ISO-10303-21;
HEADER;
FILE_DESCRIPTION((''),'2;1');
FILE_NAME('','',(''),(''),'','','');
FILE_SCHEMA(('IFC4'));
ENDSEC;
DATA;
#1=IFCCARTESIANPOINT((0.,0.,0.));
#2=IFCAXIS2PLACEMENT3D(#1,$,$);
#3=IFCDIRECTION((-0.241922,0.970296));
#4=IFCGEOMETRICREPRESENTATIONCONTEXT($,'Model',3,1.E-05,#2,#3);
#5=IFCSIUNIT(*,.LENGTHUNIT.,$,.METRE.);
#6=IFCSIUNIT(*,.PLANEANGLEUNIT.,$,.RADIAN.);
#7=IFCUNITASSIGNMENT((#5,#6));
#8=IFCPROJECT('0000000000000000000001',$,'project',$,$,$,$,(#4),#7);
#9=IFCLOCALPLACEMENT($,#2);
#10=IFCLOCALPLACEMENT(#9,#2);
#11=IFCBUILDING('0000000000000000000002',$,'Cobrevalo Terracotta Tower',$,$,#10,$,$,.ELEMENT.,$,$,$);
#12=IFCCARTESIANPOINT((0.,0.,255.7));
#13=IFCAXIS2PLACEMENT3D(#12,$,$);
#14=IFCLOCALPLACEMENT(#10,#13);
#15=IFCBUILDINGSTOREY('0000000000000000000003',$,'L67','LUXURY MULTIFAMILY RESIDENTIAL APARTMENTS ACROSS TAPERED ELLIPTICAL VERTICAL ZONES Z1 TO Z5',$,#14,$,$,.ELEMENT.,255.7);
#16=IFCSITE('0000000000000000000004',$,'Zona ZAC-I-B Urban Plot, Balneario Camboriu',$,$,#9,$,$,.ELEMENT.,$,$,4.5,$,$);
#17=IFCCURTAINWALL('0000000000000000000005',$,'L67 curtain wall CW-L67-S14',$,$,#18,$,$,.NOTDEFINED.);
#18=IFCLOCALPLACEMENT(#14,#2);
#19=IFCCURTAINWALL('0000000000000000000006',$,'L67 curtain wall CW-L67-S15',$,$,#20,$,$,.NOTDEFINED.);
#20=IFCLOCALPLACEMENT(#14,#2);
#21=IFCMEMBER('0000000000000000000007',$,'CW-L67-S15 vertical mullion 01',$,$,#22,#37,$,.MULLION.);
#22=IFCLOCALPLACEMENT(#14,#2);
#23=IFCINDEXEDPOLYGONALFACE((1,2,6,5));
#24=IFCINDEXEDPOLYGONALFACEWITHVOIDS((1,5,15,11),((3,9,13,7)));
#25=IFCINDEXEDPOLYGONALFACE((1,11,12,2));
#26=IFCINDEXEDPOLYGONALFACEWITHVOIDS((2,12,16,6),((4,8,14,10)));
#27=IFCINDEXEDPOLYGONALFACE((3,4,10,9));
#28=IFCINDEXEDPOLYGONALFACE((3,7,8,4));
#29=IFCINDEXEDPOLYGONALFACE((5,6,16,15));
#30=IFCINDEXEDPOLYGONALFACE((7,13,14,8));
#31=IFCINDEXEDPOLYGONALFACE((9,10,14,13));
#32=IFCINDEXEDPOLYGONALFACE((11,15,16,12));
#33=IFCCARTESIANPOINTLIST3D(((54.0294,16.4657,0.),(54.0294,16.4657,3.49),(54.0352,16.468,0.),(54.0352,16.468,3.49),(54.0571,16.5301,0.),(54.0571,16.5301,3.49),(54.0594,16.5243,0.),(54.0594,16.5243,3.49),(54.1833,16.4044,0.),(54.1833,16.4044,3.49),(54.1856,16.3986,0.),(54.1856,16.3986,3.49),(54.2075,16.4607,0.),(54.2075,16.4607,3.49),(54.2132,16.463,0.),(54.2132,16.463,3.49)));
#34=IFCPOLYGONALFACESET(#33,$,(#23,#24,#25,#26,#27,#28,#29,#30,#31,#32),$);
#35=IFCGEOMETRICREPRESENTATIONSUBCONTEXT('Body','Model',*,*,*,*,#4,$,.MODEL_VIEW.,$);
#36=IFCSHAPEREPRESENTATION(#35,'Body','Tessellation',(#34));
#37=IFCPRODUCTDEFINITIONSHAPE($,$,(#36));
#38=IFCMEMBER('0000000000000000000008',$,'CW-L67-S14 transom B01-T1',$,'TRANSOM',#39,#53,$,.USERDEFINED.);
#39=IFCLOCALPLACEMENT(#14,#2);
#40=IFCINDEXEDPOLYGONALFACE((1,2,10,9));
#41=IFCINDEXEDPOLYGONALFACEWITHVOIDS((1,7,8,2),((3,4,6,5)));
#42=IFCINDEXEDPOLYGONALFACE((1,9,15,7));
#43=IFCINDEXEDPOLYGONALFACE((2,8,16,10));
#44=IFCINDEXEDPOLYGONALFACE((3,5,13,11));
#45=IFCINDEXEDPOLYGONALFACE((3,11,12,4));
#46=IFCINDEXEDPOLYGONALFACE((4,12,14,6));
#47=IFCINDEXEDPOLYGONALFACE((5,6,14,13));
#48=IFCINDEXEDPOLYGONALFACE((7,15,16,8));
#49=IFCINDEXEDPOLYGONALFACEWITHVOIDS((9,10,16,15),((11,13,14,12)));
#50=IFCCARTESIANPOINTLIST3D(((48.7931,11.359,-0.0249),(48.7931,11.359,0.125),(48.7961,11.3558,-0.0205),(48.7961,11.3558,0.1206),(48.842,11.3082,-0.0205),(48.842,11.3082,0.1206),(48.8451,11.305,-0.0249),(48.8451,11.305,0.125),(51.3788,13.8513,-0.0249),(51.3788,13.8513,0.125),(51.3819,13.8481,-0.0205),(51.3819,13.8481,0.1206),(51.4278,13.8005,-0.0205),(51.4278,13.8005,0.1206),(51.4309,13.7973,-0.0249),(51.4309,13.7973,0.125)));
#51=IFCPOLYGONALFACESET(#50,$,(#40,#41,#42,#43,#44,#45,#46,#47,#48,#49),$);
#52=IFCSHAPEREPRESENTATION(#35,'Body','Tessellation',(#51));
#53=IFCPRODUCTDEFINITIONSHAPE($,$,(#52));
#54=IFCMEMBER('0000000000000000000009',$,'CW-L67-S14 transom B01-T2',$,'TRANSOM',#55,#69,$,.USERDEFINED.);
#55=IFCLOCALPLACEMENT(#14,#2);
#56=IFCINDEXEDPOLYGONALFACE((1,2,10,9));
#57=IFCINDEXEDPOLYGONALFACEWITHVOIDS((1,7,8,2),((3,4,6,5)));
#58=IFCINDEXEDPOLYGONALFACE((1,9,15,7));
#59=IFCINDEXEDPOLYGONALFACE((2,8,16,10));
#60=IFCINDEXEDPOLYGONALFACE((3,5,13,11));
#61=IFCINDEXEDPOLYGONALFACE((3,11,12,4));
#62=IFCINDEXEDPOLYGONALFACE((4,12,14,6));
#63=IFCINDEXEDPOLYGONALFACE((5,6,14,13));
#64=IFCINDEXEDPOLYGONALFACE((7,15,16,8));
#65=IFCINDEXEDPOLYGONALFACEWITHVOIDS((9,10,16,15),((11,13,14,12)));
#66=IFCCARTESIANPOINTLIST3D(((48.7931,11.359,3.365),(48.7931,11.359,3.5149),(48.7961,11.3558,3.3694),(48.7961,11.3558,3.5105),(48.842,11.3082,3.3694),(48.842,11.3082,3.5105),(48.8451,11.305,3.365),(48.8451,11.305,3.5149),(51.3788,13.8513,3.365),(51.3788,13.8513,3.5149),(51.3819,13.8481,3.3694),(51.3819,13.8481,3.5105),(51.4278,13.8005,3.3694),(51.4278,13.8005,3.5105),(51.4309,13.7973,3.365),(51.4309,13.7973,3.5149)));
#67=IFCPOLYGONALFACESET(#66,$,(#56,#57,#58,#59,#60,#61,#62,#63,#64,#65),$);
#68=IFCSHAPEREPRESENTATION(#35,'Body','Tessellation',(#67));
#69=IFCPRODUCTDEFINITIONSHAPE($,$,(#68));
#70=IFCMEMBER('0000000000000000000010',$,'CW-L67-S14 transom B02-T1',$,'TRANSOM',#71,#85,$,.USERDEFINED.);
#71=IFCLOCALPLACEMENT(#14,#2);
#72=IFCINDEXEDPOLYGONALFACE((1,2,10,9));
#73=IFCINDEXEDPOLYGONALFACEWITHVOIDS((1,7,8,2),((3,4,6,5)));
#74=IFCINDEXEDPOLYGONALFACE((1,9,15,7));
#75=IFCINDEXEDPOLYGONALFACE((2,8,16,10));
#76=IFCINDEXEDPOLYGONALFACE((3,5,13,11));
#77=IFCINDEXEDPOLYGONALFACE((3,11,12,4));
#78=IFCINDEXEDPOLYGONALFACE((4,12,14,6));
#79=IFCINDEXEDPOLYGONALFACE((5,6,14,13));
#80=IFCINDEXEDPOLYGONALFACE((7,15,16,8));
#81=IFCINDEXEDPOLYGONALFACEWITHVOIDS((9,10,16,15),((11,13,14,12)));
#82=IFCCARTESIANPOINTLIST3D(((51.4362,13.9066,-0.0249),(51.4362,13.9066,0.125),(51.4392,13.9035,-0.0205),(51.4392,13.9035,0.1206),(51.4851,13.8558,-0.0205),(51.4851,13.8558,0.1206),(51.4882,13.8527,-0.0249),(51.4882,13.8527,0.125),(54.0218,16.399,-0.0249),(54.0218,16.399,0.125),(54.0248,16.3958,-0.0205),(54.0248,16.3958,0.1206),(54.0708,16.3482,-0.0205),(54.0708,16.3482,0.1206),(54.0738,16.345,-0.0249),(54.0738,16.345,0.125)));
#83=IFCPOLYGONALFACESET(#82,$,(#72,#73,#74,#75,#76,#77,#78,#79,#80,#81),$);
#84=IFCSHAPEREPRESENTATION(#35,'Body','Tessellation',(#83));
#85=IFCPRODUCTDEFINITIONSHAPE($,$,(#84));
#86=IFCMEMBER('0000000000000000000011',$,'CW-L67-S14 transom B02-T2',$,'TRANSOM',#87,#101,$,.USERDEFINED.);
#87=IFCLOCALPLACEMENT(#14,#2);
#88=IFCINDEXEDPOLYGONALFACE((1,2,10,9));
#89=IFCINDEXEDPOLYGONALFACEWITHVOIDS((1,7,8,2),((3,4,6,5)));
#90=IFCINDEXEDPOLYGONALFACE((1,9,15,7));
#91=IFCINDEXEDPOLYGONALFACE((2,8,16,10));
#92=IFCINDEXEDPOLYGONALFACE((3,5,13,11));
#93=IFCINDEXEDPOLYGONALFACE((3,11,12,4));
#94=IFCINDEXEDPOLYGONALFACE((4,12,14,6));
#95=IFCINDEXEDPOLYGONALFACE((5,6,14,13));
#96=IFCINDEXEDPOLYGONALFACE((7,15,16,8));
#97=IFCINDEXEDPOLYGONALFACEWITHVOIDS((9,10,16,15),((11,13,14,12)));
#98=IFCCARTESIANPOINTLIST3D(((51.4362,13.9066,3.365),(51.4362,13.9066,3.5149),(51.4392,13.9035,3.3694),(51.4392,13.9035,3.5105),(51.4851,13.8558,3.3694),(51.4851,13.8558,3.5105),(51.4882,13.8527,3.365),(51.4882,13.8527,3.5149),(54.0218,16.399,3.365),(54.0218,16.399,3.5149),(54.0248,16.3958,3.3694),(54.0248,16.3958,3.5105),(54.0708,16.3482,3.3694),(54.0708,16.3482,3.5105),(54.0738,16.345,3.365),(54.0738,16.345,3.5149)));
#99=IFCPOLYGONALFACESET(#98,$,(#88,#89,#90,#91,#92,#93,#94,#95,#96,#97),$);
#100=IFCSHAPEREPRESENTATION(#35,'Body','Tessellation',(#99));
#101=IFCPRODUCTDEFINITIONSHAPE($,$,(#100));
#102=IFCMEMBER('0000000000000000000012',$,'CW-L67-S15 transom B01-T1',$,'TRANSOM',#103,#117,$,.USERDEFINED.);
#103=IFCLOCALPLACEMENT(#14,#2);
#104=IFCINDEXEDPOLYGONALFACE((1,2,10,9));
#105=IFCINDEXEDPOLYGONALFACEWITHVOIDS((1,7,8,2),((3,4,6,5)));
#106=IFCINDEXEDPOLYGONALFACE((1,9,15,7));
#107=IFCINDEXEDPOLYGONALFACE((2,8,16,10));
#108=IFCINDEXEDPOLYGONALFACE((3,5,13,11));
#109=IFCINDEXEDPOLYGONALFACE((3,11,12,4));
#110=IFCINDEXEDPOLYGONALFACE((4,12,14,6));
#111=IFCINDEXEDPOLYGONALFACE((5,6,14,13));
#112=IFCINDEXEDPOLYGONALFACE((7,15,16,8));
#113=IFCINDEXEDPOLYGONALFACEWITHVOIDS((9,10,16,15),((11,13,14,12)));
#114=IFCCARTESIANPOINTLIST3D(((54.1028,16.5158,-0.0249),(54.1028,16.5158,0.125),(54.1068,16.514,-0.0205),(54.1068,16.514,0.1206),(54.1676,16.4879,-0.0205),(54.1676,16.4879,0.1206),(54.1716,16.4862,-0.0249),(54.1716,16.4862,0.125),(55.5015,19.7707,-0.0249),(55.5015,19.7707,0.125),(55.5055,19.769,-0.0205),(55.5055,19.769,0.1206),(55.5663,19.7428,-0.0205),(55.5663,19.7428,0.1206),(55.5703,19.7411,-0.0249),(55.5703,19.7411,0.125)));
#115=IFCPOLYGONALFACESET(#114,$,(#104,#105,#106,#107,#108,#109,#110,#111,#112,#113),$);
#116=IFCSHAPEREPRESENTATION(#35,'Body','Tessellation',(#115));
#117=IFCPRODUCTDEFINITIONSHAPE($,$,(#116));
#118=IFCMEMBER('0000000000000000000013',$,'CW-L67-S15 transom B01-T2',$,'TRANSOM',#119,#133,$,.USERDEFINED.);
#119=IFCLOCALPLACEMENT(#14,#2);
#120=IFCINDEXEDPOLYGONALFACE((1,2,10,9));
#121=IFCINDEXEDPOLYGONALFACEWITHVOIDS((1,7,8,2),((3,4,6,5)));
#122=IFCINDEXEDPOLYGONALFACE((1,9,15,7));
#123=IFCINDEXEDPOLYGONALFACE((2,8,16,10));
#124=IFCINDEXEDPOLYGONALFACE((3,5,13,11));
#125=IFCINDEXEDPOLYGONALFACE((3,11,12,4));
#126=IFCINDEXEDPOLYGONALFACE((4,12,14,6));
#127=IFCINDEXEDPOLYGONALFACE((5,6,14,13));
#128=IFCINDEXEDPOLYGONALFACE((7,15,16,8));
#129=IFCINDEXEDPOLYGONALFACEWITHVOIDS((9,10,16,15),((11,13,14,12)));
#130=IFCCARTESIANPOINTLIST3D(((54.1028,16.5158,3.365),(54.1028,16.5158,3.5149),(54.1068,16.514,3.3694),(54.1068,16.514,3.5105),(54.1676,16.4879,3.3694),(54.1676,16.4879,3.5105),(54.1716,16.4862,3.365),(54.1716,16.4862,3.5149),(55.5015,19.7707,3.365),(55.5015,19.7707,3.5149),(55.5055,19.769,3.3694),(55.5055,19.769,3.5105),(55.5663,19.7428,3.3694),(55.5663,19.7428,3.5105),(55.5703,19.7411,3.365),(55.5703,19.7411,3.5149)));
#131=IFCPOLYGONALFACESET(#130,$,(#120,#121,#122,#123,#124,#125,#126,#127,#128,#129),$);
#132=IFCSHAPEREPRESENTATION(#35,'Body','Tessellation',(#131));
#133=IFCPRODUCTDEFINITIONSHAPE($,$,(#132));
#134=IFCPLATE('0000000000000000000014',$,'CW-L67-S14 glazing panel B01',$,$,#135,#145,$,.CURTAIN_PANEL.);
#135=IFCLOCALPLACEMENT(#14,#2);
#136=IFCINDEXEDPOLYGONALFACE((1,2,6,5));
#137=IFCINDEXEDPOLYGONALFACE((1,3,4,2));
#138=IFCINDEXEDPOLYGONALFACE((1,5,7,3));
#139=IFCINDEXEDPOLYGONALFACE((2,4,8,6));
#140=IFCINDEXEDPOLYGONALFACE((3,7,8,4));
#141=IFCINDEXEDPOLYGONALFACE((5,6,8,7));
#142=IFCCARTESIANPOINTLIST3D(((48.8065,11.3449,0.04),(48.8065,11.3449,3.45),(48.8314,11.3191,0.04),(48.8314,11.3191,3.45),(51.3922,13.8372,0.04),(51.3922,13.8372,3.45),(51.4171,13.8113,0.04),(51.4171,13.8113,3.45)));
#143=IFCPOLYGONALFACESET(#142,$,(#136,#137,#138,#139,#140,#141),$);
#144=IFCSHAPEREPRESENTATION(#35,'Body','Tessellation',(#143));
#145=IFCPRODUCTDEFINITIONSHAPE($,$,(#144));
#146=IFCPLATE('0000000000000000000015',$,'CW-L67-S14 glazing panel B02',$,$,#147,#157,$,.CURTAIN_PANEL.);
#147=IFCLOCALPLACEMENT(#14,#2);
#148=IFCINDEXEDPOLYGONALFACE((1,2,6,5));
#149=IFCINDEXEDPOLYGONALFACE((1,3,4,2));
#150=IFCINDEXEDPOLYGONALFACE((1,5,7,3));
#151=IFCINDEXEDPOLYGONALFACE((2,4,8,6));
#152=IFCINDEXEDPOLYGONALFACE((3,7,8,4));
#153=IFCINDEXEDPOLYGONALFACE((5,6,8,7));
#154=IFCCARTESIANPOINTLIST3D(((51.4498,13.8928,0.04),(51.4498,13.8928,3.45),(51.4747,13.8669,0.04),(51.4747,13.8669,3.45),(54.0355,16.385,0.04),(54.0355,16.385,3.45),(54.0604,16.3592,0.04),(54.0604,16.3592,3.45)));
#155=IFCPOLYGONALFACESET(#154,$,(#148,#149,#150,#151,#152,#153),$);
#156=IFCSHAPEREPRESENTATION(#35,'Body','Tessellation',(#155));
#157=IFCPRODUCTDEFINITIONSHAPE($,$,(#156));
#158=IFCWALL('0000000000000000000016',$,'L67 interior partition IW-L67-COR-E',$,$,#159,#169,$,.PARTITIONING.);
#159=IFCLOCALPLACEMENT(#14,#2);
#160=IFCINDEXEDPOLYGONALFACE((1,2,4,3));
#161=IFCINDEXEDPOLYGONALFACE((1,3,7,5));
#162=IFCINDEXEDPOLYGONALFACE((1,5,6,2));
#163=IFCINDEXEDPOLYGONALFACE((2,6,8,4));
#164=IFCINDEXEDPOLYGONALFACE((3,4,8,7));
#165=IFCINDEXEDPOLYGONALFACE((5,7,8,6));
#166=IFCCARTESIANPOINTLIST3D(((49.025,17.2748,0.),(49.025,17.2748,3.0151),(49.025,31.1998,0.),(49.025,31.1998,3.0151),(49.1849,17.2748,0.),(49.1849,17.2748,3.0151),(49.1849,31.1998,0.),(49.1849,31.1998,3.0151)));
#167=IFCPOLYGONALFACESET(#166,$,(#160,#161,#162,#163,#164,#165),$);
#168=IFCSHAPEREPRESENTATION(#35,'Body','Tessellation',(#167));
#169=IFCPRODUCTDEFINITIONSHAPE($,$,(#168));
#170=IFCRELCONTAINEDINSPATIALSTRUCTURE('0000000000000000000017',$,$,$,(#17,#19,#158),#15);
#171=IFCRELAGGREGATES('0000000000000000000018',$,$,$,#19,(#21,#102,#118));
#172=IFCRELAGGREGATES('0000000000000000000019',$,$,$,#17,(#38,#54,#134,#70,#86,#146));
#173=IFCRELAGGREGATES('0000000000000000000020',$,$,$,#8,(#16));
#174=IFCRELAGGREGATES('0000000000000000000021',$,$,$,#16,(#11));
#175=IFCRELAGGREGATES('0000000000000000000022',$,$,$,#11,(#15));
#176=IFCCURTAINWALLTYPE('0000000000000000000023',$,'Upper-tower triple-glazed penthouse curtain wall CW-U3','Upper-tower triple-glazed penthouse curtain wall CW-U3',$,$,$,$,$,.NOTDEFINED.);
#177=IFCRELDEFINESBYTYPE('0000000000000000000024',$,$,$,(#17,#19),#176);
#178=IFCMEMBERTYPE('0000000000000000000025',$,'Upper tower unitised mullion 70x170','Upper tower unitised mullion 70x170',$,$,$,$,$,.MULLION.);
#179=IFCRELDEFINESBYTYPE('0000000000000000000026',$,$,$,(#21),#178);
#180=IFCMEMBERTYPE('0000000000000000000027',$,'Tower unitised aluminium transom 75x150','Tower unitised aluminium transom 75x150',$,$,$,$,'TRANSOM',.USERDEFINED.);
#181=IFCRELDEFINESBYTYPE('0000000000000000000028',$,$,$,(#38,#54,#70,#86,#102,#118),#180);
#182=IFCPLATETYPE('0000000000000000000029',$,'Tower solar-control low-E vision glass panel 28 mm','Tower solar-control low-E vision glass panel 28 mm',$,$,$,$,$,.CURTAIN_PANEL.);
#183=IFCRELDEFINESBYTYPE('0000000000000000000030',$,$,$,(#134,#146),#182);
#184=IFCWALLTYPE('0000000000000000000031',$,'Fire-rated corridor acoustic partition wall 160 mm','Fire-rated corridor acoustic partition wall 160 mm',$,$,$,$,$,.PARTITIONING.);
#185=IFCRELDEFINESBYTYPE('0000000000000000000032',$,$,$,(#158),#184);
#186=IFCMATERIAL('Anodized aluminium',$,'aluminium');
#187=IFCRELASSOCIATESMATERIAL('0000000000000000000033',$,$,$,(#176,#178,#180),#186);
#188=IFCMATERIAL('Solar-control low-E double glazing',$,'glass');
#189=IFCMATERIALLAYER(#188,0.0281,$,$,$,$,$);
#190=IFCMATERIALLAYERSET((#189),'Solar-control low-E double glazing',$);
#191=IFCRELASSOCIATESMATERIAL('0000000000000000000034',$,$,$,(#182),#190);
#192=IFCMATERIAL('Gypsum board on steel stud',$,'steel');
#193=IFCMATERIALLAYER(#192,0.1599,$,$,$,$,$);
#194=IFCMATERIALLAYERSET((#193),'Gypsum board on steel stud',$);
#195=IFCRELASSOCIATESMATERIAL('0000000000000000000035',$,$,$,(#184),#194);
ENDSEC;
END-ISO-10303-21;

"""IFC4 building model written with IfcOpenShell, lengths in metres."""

from ifc_helpers import new_model, si_unit, direction, frame, frame_2d, origin, origin_2d, place, context, subcontext, project, spatial, rectangle, hollow_rectangle, extrude, source, transform, mapped, material, layer, layer_set, material_profile, profile_set, type_object, element, aggregate, save


model = new_model("IFC4")

# Units and contexts
model_context = context("Model", 3, precision=1e-05, world=origin(), true_north=direction((-0.241922, 0.970296)))
body_context = subcontext(model_context, "Body", "Model", "MODEL_VIEW")
ifc_project = project(units=[si_unit("LENGTHUNIT", "METRE"), si_unit("PLANEANGLEUNIT", "RADIAN")], contexts=[model_context])

# Site, building, storey
site_placement = place(None, origin())
site = spatial("IfcSite", under=ifc_project, at=site_placement, Name="Zona ZAC-I-B Urban Plot, Balneario Camboriu", CompositionType="ELEMENT", RefElevation=4.5)
building_placement = place(site_placement, origin())
building = spatial("IfcBuilding", under=site, at=building_placement, Name="Cobrevalo Terracotta Tower", CompositionType="ELEMENT")
storey_placement = place(building_placement, frame((0.0, 0.0, 255.7)))
storey = spatial("IfcBuildingStorey", under=building, at=storey_placement, Name="L67", Description="LUXURY MULTIFAMILY RESIDENTIAL APARTMENTS ACROSS TAPERED ELLIPTICAL VERTICAL ZONES Z1 TO Z5", CompositionType="ELEMENT", Elevation=255.7)

# Curtain wall
ifc_material_1 = material(Name="Anodized aluminium", Category="aluminium")
curtain_wall_type = type_object("IfcCurtainWallType", Name="Upper-tower triple-glazed penthouse curtain wall CW-U3", Description="Upper-tower triple-glazed penthouse curtain wall CW-U3", PredefinedType="NOTDEFINED", material=ifc_material_1)
curtain_wall_1_placement = place(storey_placement, origin())
curtain_wall_1 = element("IfcCurtainWall", 1, at=curtain_wall_1_placement, inside=storey, type_object=curtain_wall_type, Name="L67 curtain wall CW-L67-S14", PredefinedType="NOTDEFINED")
ifc_material_profile_1 = material_profile(ifc_material_1, hollow_rectangle(XDim=0.0701, YDim=0.1699, WallThickness=0.0044, at=origin_2d()), Name="CWM 70x170")
ifc_profile_set_1 = profile_set([ifc_material_profile_1], Name="Anodized aluminium")
member_type_1 = type_object("IfcMemberType", Name="Upper tower unitised mullion 70x170", Description="Upper tower unitised mullion 70x170", PredefinedType="MULLION", material=ifc_profile_set_1)
shared_shape_1 = source(origin(), body_context, "Body", "SweptSolid", [
    extrude(hollow_rectangle(XDim=0.0701, YDim=0.1699, WallThickness=0.0044, at=origin_2d()), origin(), (0.0, 0.0, 1.0), 3.49),
])

# Curtain wall, member
curtain_wall_2_placement = place(storey_placement, origin())
curtain_wall_2 = element("IfcCurtainWall", 2, at=curtain_wall_2_placement, inside=storey, type_object=curtain_wall_type, Name="L67 curtain wall CW-L67-S15", PredefinedType="NOTDEFINED")
member_1_placement = place(storey_placement, frame((54.1213, 16.4644, 0.0), z_axis=(0.0, 0.0, 1.0), x_axis=(0.394824, 0.918757, 0.0)))
member_1 = element("IfcMember", 3, at=member_1_placement, type_object=member_type_1, Name="CW-L67-S15 vertical mullion 01", PredefinedType="MULLION", context=body_context, shape_type="MappedRepresentation", body=[
    mapped(shared_shape_1, transform((0.0, 0.0, 0.0), scale=1.0)),
])

# Members
ifc_material_profile_2 = material_profile(ifc_material_1, hollow_rectangle(XDim=0.075, YDim=0.1499, WallThickness=0.0044, at=origin_2d()), Name="CWT 75x150")
ifc_profile_set_2 = profile_set([ifc_material_profile_2], Name="Anodized aluminium")
member_type_2 = type_object("IfcMemberType", Name="Tower unitised aluminium transom 75x150", Description="Tower unitised aluminium transom 75x150", ElementType="TRANSOM", PredefinedType="USERDEFINED", material=ifc_profile_set_2)
shared_shape_2 = source(origin(), body_context, "Body", "SweptSolid", [
    extrude(hollow_rectangle(XDim=0.075, YDim=0.1499, WallThickness=0.0044, at=origin_2d()), origin(), (0.0, 0.0, 1.0), 3.5913),
])
member_2_placement = place(storey_placement, frame((48.8191, 11.332, 0.05), z_axis=(0.720006, 0.693968, 0.0), x_axis=(-0.693968, 0.720006, 0.0)))
member_2 = element("IfcMember", 4, at=member_2_placement, type_object=member_type_2, Name="CW-L67-S14 transom B01-T1", ObjectType="TRANSOM", PredefinedType="USERDEFINED", context=body_context, shape_type="MappedRepresentation", body=[
    mapped(shared_shape_2, transform((0.0, 0.0, 0.0), scale=1.0)),
])
member_3_placement = place(storey_placement, frame((48.8191, 11.332, 3.4399), z_axis=(0.720006, 0.693968, 0.0), x_axis=(-0.693968, 0.720006, 0.0)))
member_3 = element("IfcMember", 5, at=member_3_placement, type_object=member_type_2, Name="CW-L67-S14 transom B01-T2", ObjectType="TRANSOM", PredefinedType="USERDEFINED", context=body_context, shape_type="MappedRepresentation", body=[
    mapped(shared_shape_2, transform((0.0, 0.0, 0.0), scale=1.0)),
])
member_4_placement = place(storey_placement, frame((51.4622, 13.8796, 0.05), z_axis=(0.719972, 0.694003, 0.0), x_axis=(-0.694003, 0.719972, 0.0)))
member_4 = element("IfcMember", 6, at=member_4_placement, type_object=member_type_2, Name="CW-L67-S14 transom B02-T1", ObjectType="TRANSOM", PredefinedType="USERDEFINED", context=body_context, shape_type="MappedRepresentation", body=[
    mapped(shared_shape_2, transform((0.0, 0.0, 0.0), scale=1.0)),
])
member_5_placement = place(storey_placement, frame((51.4622, 13.8796, 3.4399), z_axis=(0.719972, 0.694003, 0.0), x_axis=(-0.694003, 0.719972, 0.0)))
member_5 = element("IfcMember", 7, at=member_5_placement, type_object=member_type_2, Name="CW-L67-S14 transom B02-T2", ObjectType="TRANSOM", PredefinedType="USERDEFINED", context=body_context, shape_type="MappedRepresentation", body=[
    mapped(shared_shape_2, transform((0.0, 0.0, 0.0), scale=1.0)),
])
shared_shape_3 = source(origin(), body_context, "Body", "SweptSolid", [
    extrude(hollow_rectangle(XDim=0.075, YDim=0.1499, WallThickness=0.0044, at=origin_2d()), origin(), (0.0, 0.0, 1.0), 3.5427),
])
member_6_placement = place(storey_placement, frame((54.1372, 16.501, 0.05), z_axis=(0.394809, 0.918763, 0.0), x_axis=(-0.918763, 0.394809, 0.0)))
member_6 = element("IfcMember", 8, at=member_6_placement, type_object=member_type_2, Name="CW-L67-S15 transom B01-T1", ObjectType="TRANSOM", PredefinedType="USERDEFINED", context=body_context, shape_type="MappedRepresentation", body=[
    mapped(shared_shape_3, transform((0.0, 0.0, 0.0), scale=1.0)),
])
member_7_placement = place(storey_placement, frame((54.1372, 16.501, 3.4399), z_axis=(0.394809, 0.918763, 0.0), x_axis=(-0.918763, 0.394809, 0.0)))
member_7 = element("IfcMember", 9, at=member_7_placement, type_object=member_type_2, Name="CW-L67-S15 transom B01-T2", ObjectType="TRANSOM", PredefinedType="USERDEFINED", context=body_context, shape_type="MappedRepresentation", body=[
    mapped(shared_shape_3, transform((0.0, 0.0, 0.0), scale=1.0)),
])
aggregate(curtain_wall_2, [member_1, member_6, member_7])

# Plates
ifc_material_2 = material(Name="Solar-control low-E double glazing", Category="glass")
ifc_layer_1 = layer(ifc_material_2, 0.0281)
ifc_layer_set_1 = layer_set([ifc_layer_1], Name="Solar-control low-E double glazing")
plate_type = type_object("IfcPlateType", Name="Tower solar-control low-E vision glass panel 28 mm", Description="Tower solar-control low-E vision glass panel 28 mm", PredefinedType="CURTAIN_PANEL", material=ifc_layer_set_1)
shared_shape_4 = source(origin(), body_context, "Body", "SweptSolid", [
    extrude(rectangle(XDim=3.5913, YDim=0.0359, at=origin_2d()), origin(), (0.0, 0.0, 1.0), 3.4099),
])
plate_1_placement = place(storey_placement, frame((50.1118, 12.5781, 0.04), z_axis=(0.0, 0.0, 1.0), x_axis=(0.719997, 0.693978, 0.0)))
plate_1 = element("IfcPlate", 10, at=plate_1_placement, type_object=plate_type, Name="CW-L67-S14 glazing panel B01", PredefinedType="CURTAIN_PANEL", context=body_context, shape_type="MappedRepresentation", body=[
    mapped(shared_shape_4, transform((0.0, 0.0, 0.0), scale=1.0)),
])
plate_2_placement = place(storey_placement, frame((52.7551, 15.126, 0.04), z_axis=(0.0, 0.0, 1.0), x_axis=(0.719997, 0.693978, 0.0)))
plate_2 = element("IfcPlate", 11, at=plate_2_placement, type_object=plate_type, Name="CW-L67-S14 glazing panel B02", PredefinedType="CURTAIN_PANEL", context=body_context, shape_type="MappedRepresentation", body=[
    mapped(shared_shape_4, transform((0.0, 0.0, 0.0), scale=1.0)),
])
aggregate(curtain_wall_1, [member_2, member_3, plate_1, member_4, member_5, plate_2])

# Wall
ifc_material_3 = material(Name="Gypsum board on steel stud", Category="steel")
ifc_layer_2 = layer(ifc_material_3, 0.1599)
ifc_layer_set_2 = layer_set([ifc_layer_2], Name="Gypsum board on steel stud")
wall_type_1 = type_object("IfcWallType", Name="Fire-rated corridor acoustic partition wall 160 mm", Description="Fire-rated corridor acoustic partition wall 160 mm", PredefinedType="PARTITIONING", material=ifc_layer_set_2)
wall_1_placement = place(storey_placement, frame((49.105, 17.2749, 0.0), z_axis=(0.0, 0.0, 1.0), x_axis=(0.0, 1.0, 0.0)))
element("IfcWall", 12, at=wall_1_placement, inside=storey, type_object=wall_type_1, Name="L67 interior partition IW-L67-COR-E", PredefinedType="PARTITIONING", context=body_context, shape_type="SweptSolid", body=[
    extrude(rectangle(XDim=13.925, YDim=0.1599, at=frame_2d((6.9624, 0.0))), origin(), (0.0, 0.0, 1.0), 3.0151),
])

save(model, "model.ifc")
